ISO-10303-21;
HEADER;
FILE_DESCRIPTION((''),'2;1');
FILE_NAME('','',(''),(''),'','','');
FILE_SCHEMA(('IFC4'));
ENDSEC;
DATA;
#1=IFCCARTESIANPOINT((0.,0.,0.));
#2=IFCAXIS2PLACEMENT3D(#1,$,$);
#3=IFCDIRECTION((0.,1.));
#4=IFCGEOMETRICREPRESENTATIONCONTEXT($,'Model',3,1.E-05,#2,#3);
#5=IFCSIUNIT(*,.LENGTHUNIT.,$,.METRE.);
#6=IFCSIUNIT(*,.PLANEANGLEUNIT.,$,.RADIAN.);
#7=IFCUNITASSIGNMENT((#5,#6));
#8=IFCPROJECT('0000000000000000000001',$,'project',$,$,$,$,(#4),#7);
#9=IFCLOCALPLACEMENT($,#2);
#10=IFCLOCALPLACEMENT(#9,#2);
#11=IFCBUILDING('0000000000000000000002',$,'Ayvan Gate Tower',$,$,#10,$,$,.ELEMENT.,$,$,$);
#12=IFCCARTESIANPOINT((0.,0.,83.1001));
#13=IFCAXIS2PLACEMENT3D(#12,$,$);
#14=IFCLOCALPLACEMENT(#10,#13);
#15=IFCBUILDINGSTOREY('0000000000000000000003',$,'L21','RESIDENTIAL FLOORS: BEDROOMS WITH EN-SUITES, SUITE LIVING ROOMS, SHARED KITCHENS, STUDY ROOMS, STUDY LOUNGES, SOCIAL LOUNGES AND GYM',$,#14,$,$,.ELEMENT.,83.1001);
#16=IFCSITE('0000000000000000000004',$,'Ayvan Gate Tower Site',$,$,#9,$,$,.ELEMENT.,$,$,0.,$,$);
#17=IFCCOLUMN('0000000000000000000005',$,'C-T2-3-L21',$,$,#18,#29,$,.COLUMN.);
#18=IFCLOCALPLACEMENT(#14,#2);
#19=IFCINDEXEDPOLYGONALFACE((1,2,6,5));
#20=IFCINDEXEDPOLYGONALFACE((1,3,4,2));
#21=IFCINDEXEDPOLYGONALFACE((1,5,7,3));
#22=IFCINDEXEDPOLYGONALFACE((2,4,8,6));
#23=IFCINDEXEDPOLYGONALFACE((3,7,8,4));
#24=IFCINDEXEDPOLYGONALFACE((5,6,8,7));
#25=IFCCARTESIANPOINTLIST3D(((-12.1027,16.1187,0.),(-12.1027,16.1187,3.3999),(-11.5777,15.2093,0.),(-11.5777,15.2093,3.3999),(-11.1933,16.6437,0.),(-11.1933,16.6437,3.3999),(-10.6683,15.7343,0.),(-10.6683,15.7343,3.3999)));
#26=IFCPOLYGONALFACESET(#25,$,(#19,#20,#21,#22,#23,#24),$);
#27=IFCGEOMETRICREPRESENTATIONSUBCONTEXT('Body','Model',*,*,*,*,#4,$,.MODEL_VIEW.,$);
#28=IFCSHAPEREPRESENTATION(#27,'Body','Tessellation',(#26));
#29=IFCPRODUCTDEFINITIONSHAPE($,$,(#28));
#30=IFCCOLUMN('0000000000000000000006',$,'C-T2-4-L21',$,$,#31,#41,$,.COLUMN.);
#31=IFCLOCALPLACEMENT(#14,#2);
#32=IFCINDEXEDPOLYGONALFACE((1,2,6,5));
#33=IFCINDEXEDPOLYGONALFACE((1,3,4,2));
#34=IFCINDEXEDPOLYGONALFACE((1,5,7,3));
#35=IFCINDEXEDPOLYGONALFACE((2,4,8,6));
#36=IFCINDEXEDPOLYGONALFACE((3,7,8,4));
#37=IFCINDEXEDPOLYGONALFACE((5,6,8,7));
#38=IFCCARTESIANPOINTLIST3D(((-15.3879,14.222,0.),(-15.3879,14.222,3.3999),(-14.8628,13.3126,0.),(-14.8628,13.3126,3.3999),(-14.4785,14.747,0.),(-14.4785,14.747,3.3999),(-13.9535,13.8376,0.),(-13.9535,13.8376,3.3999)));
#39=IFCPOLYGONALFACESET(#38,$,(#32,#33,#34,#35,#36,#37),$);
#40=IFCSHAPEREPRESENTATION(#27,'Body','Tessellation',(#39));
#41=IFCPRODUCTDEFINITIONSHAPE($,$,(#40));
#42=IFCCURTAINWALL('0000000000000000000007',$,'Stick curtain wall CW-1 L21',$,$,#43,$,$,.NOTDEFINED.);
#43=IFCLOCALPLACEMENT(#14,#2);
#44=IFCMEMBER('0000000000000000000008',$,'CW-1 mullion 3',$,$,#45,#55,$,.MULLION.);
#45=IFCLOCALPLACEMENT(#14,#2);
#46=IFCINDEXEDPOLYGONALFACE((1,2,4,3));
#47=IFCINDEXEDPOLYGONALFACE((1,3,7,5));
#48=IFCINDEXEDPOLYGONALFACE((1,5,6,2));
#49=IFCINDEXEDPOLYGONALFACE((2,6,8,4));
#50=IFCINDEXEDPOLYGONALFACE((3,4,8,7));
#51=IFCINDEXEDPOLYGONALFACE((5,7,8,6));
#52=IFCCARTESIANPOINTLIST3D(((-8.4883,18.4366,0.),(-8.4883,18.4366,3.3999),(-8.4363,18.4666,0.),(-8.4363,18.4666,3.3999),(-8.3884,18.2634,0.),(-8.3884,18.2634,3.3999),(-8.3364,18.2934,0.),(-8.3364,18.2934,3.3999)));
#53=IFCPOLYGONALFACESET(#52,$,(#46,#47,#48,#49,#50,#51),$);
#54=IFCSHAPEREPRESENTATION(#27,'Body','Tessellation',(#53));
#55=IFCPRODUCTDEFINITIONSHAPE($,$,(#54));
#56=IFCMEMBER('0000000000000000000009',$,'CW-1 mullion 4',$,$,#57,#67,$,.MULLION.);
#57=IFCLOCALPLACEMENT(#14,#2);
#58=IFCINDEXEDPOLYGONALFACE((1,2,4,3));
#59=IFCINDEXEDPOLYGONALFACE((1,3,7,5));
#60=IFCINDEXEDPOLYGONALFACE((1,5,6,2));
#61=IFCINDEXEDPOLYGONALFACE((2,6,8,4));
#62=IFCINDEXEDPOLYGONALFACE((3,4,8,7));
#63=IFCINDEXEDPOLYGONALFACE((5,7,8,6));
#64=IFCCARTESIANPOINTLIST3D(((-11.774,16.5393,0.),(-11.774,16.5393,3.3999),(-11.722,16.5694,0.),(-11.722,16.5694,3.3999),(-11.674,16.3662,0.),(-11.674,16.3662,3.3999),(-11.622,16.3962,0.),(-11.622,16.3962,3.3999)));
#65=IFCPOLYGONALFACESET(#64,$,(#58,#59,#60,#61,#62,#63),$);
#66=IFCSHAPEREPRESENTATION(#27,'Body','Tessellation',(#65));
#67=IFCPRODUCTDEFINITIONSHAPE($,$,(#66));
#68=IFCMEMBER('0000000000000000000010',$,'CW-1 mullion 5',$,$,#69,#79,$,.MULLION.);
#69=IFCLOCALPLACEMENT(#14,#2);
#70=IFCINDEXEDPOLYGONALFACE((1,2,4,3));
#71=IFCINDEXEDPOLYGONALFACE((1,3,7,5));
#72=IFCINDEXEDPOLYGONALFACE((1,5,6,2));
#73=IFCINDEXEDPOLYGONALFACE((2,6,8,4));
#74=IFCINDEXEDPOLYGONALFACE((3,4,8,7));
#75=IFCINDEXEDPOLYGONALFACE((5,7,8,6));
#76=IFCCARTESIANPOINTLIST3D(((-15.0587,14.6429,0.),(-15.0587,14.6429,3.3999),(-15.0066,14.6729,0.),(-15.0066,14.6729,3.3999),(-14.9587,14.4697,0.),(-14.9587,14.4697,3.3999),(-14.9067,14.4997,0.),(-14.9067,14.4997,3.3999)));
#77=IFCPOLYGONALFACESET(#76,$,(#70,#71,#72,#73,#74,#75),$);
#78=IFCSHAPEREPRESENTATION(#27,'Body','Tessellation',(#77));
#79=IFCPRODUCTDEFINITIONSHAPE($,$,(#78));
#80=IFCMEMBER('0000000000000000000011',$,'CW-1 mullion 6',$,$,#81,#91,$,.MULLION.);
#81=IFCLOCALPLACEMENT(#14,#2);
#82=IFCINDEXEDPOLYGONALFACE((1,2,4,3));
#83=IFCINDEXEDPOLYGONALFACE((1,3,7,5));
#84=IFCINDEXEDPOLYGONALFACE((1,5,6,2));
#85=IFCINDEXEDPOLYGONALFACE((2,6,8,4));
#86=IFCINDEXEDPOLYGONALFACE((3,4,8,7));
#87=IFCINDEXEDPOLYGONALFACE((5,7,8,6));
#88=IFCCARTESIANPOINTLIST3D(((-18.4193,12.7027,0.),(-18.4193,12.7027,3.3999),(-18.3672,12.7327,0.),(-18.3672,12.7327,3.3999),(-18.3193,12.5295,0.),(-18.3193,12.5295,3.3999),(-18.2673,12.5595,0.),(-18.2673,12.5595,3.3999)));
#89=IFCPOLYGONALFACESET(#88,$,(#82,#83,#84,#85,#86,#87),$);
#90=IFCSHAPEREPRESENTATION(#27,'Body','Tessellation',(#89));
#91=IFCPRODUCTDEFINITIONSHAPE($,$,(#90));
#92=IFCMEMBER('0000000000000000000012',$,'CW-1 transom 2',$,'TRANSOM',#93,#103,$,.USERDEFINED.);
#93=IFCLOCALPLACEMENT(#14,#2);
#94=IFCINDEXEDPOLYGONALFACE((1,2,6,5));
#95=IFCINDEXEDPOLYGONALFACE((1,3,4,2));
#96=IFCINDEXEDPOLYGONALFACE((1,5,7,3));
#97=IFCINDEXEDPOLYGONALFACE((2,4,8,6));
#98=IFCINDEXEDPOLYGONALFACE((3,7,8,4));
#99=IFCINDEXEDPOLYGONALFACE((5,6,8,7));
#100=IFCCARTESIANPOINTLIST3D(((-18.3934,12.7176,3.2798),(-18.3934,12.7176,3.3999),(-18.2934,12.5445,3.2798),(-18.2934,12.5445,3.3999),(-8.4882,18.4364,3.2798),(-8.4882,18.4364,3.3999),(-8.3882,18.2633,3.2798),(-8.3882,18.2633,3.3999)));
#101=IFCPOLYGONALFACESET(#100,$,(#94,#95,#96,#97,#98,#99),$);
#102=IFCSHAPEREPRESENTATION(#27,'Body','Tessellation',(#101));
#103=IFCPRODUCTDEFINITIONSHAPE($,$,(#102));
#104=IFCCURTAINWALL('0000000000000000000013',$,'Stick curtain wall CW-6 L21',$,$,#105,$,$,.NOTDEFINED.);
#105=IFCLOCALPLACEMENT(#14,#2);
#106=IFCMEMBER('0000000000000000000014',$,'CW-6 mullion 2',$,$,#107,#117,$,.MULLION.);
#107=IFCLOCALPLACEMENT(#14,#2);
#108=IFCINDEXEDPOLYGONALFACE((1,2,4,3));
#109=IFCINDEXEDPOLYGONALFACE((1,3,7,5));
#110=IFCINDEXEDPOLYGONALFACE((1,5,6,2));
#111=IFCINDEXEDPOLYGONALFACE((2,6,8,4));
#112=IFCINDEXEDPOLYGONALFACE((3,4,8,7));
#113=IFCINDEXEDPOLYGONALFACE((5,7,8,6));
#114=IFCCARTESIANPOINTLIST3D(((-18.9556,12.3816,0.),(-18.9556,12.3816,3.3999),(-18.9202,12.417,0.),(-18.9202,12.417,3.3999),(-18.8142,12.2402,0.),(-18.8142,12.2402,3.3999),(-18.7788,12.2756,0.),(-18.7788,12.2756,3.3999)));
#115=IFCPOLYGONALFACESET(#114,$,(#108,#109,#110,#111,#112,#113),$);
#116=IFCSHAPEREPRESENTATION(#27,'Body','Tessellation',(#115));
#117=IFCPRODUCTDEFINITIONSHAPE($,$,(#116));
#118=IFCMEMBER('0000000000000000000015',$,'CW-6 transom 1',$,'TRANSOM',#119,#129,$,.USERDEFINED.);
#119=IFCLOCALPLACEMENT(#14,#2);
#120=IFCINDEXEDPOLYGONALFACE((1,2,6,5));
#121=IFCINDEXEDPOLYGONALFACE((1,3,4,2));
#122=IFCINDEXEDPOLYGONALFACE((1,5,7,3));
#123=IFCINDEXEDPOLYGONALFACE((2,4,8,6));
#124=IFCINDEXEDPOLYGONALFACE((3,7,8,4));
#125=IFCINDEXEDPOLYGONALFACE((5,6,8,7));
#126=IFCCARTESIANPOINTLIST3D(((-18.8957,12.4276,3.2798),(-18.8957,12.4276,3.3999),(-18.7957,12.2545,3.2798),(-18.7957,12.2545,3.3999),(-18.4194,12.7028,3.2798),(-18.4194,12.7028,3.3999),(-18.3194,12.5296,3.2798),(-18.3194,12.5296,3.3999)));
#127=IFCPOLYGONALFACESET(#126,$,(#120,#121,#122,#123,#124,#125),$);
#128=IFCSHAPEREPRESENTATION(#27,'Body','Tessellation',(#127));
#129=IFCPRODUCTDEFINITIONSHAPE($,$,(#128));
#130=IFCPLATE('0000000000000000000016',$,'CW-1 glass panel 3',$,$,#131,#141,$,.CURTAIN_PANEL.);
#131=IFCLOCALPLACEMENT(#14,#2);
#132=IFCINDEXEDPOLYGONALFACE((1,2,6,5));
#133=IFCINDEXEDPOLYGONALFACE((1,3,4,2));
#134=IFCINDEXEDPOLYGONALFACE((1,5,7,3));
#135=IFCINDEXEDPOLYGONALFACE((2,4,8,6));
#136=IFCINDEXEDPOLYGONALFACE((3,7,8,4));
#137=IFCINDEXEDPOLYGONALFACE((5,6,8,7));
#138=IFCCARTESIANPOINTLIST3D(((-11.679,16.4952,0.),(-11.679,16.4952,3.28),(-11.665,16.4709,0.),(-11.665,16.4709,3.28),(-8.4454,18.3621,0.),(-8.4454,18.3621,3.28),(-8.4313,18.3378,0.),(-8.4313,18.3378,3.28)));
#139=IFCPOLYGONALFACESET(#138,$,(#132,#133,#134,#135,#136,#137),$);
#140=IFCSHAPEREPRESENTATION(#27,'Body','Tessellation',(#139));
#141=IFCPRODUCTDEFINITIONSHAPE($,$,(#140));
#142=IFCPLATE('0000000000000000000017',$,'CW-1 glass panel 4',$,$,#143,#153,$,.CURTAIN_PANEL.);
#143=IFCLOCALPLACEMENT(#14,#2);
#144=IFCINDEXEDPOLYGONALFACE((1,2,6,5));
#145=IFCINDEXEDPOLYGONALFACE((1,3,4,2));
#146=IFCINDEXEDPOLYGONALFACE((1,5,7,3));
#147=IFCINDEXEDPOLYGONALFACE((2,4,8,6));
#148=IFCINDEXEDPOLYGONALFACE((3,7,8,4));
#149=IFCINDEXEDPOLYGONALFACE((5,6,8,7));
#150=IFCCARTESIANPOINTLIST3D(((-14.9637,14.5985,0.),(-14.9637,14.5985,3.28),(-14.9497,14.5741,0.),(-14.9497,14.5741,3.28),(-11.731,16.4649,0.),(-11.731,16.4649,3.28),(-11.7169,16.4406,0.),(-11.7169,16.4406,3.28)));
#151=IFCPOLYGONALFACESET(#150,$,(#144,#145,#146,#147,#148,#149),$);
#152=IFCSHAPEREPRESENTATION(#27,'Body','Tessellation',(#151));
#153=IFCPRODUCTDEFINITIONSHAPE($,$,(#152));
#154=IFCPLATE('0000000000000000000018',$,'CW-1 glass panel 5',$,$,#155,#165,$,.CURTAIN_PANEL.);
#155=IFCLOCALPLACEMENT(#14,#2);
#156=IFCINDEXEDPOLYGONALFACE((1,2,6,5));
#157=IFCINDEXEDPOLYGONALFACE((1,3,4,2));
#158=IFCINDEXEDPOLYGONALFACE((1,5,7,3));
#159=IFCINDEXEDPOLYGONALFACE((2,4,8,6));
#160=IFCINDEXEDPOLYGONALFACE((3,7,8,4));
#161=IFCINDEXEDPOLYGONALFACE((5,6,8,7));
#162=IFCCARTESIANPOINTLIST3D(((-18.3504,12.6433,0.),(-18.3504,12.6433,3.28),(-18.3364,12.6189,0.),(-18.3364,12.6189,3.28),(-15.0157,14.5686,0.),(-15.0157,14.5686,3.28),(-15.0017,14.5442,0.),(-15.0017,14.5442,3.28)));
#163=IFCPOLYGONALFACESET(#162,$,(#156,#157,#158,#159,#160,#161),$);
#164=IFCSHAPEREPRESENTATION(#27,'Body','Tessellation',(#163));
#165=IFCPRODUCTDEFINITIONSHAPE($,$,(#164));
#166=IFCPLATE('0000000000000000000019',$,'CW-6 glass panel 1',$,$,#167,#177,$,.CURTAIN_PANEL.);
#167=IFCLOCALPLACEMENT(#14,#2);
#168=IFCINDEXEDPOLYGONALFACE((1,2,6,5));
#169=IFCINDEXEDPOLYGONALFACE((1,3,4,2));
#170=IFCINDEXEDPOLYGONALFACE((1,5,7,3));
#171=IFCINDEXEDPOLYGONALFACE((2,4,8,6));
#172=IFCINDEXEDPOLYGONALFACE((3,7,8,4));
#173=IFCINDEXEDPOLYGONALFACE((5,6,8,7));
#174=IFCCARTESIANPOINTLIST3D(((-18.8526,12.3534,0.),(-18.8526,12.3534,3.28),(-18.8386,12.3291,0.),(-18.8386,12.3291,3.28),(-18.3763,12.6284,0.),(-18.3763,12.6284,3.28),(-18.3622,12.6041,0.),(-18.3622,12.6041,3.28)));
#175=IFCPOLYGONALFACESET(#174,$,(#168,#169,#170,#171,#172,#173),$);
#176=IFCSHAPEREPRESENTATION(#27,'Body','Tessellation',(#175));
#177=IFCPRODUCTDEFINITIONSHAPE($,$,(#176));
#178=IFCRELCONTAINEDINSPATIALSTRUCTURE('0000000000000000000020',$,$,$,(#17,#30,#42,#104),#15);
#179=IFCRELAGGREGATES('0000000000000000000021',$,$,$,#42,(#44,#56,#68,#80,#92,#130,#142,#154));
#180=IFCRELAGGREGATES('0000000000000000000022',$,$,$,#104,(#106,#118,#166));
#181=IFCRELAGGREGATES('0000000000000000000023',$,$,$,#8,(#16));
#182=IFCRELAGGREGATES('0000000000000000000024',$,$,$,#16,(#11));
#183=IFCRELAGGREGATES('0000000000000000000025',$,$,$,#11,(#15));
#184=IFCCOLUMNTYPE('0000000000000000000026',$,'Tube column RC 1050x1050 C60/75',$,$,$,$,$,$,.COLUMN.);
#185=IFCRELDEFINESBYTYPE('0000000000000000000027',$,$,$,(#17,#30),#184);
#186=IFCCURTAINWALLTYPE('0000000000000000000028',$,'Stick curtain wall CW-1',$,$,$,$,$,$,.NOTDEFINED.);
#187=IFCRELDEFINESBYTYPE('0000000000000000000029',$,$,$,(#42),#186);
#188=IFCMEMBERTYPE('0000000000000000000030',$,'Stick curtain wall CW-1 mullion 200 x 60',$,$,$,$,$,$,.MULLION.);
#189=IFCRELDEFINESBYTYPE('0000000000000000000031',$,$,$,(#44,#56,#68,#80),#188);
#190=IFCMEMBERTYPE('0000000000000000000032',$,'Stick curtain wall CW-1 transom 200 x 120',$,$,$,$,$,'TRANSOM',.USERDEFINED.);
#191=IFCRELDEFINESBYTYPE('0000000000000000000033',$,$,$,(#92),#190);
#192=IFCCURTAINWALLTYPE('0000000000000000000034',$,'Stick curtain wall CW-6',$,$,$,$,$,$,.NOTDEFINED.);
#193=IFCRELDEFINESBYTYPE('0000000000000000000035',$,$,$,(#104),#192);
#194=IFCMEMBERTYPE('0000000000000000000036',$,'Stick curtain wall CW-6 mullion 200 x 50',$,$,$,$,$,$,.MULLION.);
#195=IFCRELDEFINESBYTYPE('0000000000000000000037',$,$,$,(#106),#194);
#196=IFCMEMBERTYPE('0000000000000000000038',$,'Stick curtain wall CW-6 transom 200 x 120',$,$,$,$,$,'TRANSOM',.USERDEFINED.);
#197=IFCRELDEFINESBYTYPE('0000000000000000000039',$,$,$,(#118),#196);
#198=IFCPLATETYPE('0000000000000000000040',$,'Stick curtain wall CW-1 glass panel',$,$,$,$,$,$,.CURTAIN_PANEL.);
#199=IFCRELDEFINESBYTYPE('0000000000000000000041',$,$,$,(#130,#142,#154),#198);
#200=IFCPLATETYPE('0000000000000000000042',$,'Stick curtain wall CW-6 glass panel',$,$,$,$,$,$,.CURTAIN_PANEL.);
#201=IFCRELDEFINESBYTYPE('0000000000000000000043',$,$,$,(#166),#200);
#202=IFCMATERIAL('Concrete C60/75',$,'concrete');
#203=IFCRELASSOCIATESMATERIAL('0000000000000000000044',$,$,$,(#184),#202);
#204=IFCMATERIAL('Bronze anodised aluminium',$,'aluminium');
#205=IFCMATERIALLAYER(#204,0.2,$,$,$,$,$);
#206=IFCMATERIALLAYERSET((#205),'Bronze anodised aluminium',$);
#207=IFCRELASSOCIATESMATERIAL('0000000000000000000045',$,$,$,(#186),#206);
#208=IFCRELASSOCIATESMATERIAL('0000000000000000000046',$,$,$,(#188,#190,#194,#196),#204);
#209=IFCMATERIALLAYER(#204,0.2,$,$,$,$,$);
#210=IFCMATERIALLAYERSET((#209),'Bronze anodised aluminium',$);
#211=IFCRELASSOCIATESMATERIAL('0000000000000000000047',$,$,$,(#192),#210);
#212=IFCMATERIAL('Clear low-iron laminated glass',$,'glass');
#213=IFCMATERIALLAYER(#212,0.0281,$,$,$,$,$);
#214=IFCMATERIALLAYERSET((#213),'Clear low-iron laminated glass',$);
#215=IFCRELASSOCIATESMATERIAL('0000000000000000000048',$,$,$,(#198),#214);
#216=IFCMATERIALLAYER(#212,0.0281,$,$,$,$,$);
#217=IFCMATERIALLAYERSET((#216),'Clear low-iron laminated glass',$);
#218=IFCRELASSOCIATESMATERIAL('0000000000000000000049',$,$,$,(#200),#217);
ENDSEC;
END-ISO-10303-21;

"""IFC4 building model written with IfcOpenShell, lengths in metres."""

from ifc_helpers import new_model, si_unit, direction, frame, origin, origin_2d, place, context, subcontext, project, spatial, rectangle, extrude, material, layer, layer_set, material_profile, profile_set, type_object, element, aggregate, save


model = new_model("IFC4")

# Units and contexts
model_context = context("Model", 3, precision=1e-05, world=origin(), true_north=direction((0.0, 1.0)))
body_context = subcontext(model_context, "Body", "Model", "MODEL_VIEW")
ifc_project = project(units=[si_unit("LENGTHUNIT", "METRE"), si_unit("PLANEANGLEUNIT", "RADIAN")], contexts=[model_context])

# Site, building, storey
site_placement = place(None, origin())
site = spatial("IfcSite", under=ifc_project, at=site_placement, Name="Ayvan Gate Tower Site", CompositionType="ELEMENT", RefElevation=0.0)
building_placement = place(site_placement, origin())
building = spatial("IfcBuilding", under=site, at=building_placement, Name="Ayvan Gate Tower", CompositionType="ELEMENT")
storey_placement = place(building_placement, frame((0.0, 0.0, 83.1001)))
storey = spatial("IfcBuildingStorey", under=building, at=storey_placement, Name="L21", Description="RESIDENTIAL FLOORS: BEDROOMS WITH EN-SUITES, SUITE LIVING ROOMS, SHARED KITCHENS, STUDY ROOMS, STUDY LOUNGES, SOCIAL LOUNGES AND GYM", CompositionType="ELEMENT", Elevation=83.1001)

# Columns
ifc_material_1 = material(Name="Concrete C60/75", Category="concrete")
ifc_material_profile_1 = material_profile(ifc_material_1, rectangle(XDim=1.05, YDim=1.05, at=origin_2d()), Name="RC 1050x1050")
ifc_profile_set_1 = profile_set([ifc_material_profile_1], Name="Concrete C60/75")
column_type = type_object("IfcColumnType", Name="Tube column RC 1050x1050 C60/75", PredefinedType="COLUMN", material=ifc_profile_set_1)
for number, where, z_axis, x_axis, name in (
    (1, (-11.3855, 15.9265, 0.0), (0.0, 0.0, 1.0), (-0.5, 0.866025, 0.0), "C-T2-3-L21"),
    (2, (-14.6707, 14.0298, 0.0), (0.0, 0.0, 1.0), (-0.5, 0.866025, 0.0), "C-T2-4-L21"),
):
    element("IfcColumn", number, at=place(storey_placement, frame(where, z_axis=z_axis, x_axis=x_axis)), inside=storey, type_object=column_type, Name=name, PredefinedType="COLUMN", context=body_context, shape_type="SweptSolid", body=[
        extrude(rectangle(XDim=1.05, YDim=1.05, at=origin_2d()), origin(), (0.0, 0.0, 1.0), 3.3999),
    ])

# Curtain walls, members
ifc_material_2 = material(Name="Bronze anodised aluminium", Category="aluminium")
ifc_layer_1 = layer(ifc_material_2, 0.2)
ifc_layer_set_1 = layer_set([ifc_layer_1], Name="Bronze anodised aluminium")
curtain_wall_type_1 = type_object("IfcCurtainWallType", Name="Stick curtain wall CW-1", PredefinedType="NOTDEFINED", material=ifc_layer_set_1)
curtain_wall_1_placement = place(storey_placement, origin())
curtain_wall_1 = element("IfcCurtainWall", 3, at=curtain_wall_1_placement, inside=storey, type_object=curtain_wall_type_1, Name="Stick curtain wall CW-1 L21", PredefinedType="NOTDEFINED")
ifc_material_profile_2 = material_profile(ifc_material_2, rectangle(XDim=0.2, YDim=0.0601, at=origin_2d()), Name="Stick curtain wall CW-1 mullion 200 x 60")
ifc_profile_set_2 = profile_set([ifc_material_profile_2], Name="Bronze anodised aluminium")
member_type_1 = type_object("IfcMemberType", Name="Stick curtain wall CW-1 mullion 200 x 60", PredefinedType="MULLION", material=ifc_profile_set_2)
member_1_placement = place(storey_placement, frame((-8.4124, 18.365, 0.0), z_axis=(0.0, 0.0, 1.0), x_axis=(-0.5, 0.866025, 0.0)))
member_1 = element("IfcMember", 4, at=member_1_placement, type_object=member_type_1, Name="CW-1 mullion 3", PredefinedType="MULLION", context=body_context, shape_type="SweptSolid", body=[
    extrude(rectangle(XDim=0.2, YDim=0.0601, at=origin_2d()), origin(), (0.0, 0.0, 1.0), 3.3999),
])
member_2_placement = place(storey_placement, frame((-11.698, 16.4678, 0.0), z_axis=(0.0, 0.0, 1.0), x_axis=(-0.5, 0.866025, 0.0)))
member_2 = element("IfcMember", 5, at=member_2_placement, type_object=member_type_1, Name="CW-1 mullion 4", PredefinedType="MULLION", context=body_context, shape_type="SweptSolid", body=[
    extrude(rectangle(XDim=0.2, YDim=0.0601, at=origin_2d()), origin(), (0.0, 0.0, 1.0), 3.3999),
])
member_3_placement = place(storey_placement, frame((-14.9827, 14.5713, 0.0), z_axis=(0.0, 0.0, 1.0), x_axis=(-0.5, 0.866025, 0.0)))
member_3 = element("IfcMember", 6, at=member_3_placement, type_object=member_type_1, Name="CW-1 mullion 5", PredefinedType="MULLION", context=body_context, shape_type="SweptSolid", body=[
    extrude(rectangle(XDim=0.2, YDim=0.0601, at=origin_2d()), origin(), (0.0, 0.0, 1.0), 3.3999),
])
member_4_placement = place(storey_placement, frame((-18.3433, 12.6311, 0.0), z_axis=(0.0, 0.0, 1.0), x_axis=(-0.5, 0.866025, 0.0)))
member_4 = element("IfcMember", 7, at=member_4_placement, type_object=member_type_1, Name="CW-1 mullion 6", PredefinedType="MULLION", context=body_context, shape_type="SweptSolid", body=[
    extrude(rectangle(XDim=0.2, YDim=0.0601, at=origin_2d()), origin(), (0.0, 0.0, 1.0), 3.3999),
])
ifc_material_profile_3 = material_profile(ifc_material_2, rectangle(XDim=0.2, YDim=0.1201, at=origin_2d()), Name="Stick curtain wall CW-1 transom 200 x 120")
ifc_profile_set_3 = profile_set([ifc_material_profile_3], Name="Bronze anodised aluminium")
member_type_2 = type_object("IfcMemberType", Name="Stick curtain wall CW-1 transom 200 x 120", ElementType="TRANSOM", PredefinedType="USERDEFINED", material=ifc_profile_set_3)
member_5_placement = place(storey_placement, frame((-8.4382, 18.3499, 3.3398), z_axis=(-0.866022, -0.500005, 0.0), x_axis=(0.500005, -0.866022, 0.0)))
member_5 = element("IfcMember", 8, at=member_5_placement, type_object=member_type_2, Name="CW-1 transom 2", ObjectType="TRANSOM", PredefinedType="USERDEFINED", context=body_context, shape_type="SweptSolid", body=[
    extrude(rectangle(XDim=0.2, YDim=0.1201, at=origin_2d()), origin(), (0.0, 0.0, 1.0), 11.4375),
])
ifc_layer_2 = layer(ifc_material_2, 0.2)
ifc_layer_set_2 = layer_set([ifc_layer_2], Name="Bronze anodised aluminium")
curtain_wall_type_2 = type_object("IfcCurtainWallType", Name="Stick curtain wall CW-6", PredefinedType="NOTDEFINED", material=ifc_layer_set_2)
curtain_wall_2_placement = place(storey_placement, origin())
curtain_wall_2 = element("IfcCurtainWall", 9, at=curtain_wall_2_placement, inside=storey, type_object=curtain_wall_type_2, Name="Stick curtain wall CW-6 L21", PredefinedType="NOTDEFINED")
ifc_material_profile_4 = material_profile(ifc_material_2, rectangle(XDim=0.2, YDim=0.05, at=origin_2d()), Name="Stick curtain wall CW-6 mullion 200 x 50")
ifc_profile_set_4 = profile_set([ifc_material_profile_4], Name="Bronze anodised aluminium")
member_type_3 = type_object("IfcMemberType", Name="Stick curtain wall CW-6 mullion 200 x 50", PredefinedType="MULLION", material=ifc_profile_set_4)
member_6_placement = place(storey_placement, frame((-18.8672, 12.3286, 0.0), z_axis=(0.0, 0.0, 1.0), x_axis=(-0.707107, 0.707107, 0.0)))
member_6 = element("IfcMember", 10, at=member_6_placement, type_object=member_type_3, Name="CW-6 mullion 2", PredefinedType="MULLION", context=body_context, shape_type="SweptSolid", body=[
    extrude(rectangle(XDim=0.2, YDim=0.05, at=origin_2d()), origin(), (0.0, 0.0, 1.0), 3.3999),
])
ifc_material_profile_5 = material_profile(ifc_material_2, rectangle(XDim=0.2, YDim=0.1201, at=origin_2d()), Name="Stick curtain wall CW-6 transom 200 x 120")
ifc_profile_set_5 = profile_set([ifc_material_profile_5], Name="Bronze anodised aluminium")
member_type_4 = type_object("IfcMemberType", Name="Stick curtain wall CW-6 transom 200 x 120", ElementType="TRANSOM", PredefinedType="USERDEFINED", material=ifc_profile_set_5)
member_7_placement = place(storey_placement, frame((-18.3694, 12.6162, 3.3398), z_axis=(-0.865912, -0.500196, 0.0), x_axis=(0.500196, -0.865912, 0.0)))
member_7 = element("IfcMember", 11, at=member_7_placement, type_object=member_type_4, Name="CW-6 transom 1", ObjectType="TRANSOM", PredefinedType="USERDEFINED", context=body_context, shape_type="SweptSolid", body=[
    extrude(rectangle(XDim=0.2, YDim=0.1201, at=origin_2d()), origin(), (0.0, 0.0, 1.0), 0.55),
])

# Plates
ifc_material_3 = material(Name="Clear low-iron laminated glass", Category="glass")
ifc_layer_3 = layer(ifc_material_3, 0.0281)
ifc_layer_set_3 = layer_set([ifc_layer_3], Name="Clear low-iron laminated glass")
plate_type_1 = type_object("IfcPlateType", Name="Stick curtain wall CW-1 glass panel", PredefinedType="CURTAIN_PANEL", material=ifc_layer_set_3)
plate_1_placement = place(storey_placement, frame((-10.0552, 17.4165, 0.0), z_axis=(0.0, 0.0, 1.0), x_axis=(-0.866025, -0.5, 0.0)))
plate_1 = element("IfcPlate", 12, at=plate_1_placement, type_object=plate_type_1, Name="CW-1 glass panel 3", PredefinedType="CURTAIN_PANEL", context=body_context, shape_type="SweptSolid", body=[
    extrude(rectangle(XDim=3.7339, YDim=0.0281, at=origin_2d()), origin(), (0.0, 0.0, 1.0), 3.28),
])
plate_2_placement = place(storey_placement, frame((-13.3403, 15.5195, 0.0), z_axis=(0.0, 0.0, 1.0), x_axis=(-0.866025, -0.5, 0.0)))
plate_2 = element("IfcPlate", 13, at=plate_2_placement, type_object=plate_type_1, Name="CW-1 glass panel 4", PredefinedType="CURTAIN_PANEL", context=body_context, shape_type="SweptSolid", body=[
    extrude(rectangle(XDim=3.7329, YDim=0.0281, at=origin_2d()), origin(), (0.0, 0.0, 1.0), 3.28),
])
plate_3_placement = place(storey_placement, frame((-16.676, 13.5938, 0.0), z_axis=(0.0, 0.0, 1.0), x_axis=(-0.866025, -0.5, 0.0)))
plate_3 = element("IfcPlate", 14, at=plate_3_placement, type_object=plate_type_1, Name="CW-1 glass panel 5", PredefinedType="CURTAIN_PANEL", context=body_context, shape_type="SweptSolid", body=[
    extrude(rectangle(XDim=3.8506, YDim=0.0281, at=origin_2d()), origin(), (0.0, 0.0, 1.0), 3.28),
])
aggregate(curtain_wall_1, [member_1, member_2, member_3, member_4, member_5, plate_1, plate_2, plate_3])
ifc_layer_4 = layer(ifc_material_3, 0.0281)
ifc_layer_set_4 = layer_set([ifc_layer_4], Name="Clear low-iron laminated glass")
plate_type_2 = type_object("IfcPlateType", Name="Stick curtain wall CW-6 glass panel", PredefinedType="CURTAIN_PANEL", material=ifc_layer_set_4)
plate_4_placement = place(storey_placement, frame((-18.6074, 12.4788, 0.0), z_axis=(0.0, 0.0, 1.0), x_axis=(-0.866025, -0.5, 0.0)))
plate_4 = element("IfcPlate", 15, at=plate_4_placement, type_object=plate_type_2, Name="CW-6 glass panel 1", PredefinedType="CURTAIN_PANEL", context=body_context, shape_type="SweptSolid", body=[
    extrude(rectangle(XDim=0.55, YDim=0.0281, at=origin_2d()), origin(), (0.0, 0.0, 1.0), 3.28),
])
aggregate(curtain_wall_2, [member_6, member_7, plate_4])

save(model, "model.ifc")
